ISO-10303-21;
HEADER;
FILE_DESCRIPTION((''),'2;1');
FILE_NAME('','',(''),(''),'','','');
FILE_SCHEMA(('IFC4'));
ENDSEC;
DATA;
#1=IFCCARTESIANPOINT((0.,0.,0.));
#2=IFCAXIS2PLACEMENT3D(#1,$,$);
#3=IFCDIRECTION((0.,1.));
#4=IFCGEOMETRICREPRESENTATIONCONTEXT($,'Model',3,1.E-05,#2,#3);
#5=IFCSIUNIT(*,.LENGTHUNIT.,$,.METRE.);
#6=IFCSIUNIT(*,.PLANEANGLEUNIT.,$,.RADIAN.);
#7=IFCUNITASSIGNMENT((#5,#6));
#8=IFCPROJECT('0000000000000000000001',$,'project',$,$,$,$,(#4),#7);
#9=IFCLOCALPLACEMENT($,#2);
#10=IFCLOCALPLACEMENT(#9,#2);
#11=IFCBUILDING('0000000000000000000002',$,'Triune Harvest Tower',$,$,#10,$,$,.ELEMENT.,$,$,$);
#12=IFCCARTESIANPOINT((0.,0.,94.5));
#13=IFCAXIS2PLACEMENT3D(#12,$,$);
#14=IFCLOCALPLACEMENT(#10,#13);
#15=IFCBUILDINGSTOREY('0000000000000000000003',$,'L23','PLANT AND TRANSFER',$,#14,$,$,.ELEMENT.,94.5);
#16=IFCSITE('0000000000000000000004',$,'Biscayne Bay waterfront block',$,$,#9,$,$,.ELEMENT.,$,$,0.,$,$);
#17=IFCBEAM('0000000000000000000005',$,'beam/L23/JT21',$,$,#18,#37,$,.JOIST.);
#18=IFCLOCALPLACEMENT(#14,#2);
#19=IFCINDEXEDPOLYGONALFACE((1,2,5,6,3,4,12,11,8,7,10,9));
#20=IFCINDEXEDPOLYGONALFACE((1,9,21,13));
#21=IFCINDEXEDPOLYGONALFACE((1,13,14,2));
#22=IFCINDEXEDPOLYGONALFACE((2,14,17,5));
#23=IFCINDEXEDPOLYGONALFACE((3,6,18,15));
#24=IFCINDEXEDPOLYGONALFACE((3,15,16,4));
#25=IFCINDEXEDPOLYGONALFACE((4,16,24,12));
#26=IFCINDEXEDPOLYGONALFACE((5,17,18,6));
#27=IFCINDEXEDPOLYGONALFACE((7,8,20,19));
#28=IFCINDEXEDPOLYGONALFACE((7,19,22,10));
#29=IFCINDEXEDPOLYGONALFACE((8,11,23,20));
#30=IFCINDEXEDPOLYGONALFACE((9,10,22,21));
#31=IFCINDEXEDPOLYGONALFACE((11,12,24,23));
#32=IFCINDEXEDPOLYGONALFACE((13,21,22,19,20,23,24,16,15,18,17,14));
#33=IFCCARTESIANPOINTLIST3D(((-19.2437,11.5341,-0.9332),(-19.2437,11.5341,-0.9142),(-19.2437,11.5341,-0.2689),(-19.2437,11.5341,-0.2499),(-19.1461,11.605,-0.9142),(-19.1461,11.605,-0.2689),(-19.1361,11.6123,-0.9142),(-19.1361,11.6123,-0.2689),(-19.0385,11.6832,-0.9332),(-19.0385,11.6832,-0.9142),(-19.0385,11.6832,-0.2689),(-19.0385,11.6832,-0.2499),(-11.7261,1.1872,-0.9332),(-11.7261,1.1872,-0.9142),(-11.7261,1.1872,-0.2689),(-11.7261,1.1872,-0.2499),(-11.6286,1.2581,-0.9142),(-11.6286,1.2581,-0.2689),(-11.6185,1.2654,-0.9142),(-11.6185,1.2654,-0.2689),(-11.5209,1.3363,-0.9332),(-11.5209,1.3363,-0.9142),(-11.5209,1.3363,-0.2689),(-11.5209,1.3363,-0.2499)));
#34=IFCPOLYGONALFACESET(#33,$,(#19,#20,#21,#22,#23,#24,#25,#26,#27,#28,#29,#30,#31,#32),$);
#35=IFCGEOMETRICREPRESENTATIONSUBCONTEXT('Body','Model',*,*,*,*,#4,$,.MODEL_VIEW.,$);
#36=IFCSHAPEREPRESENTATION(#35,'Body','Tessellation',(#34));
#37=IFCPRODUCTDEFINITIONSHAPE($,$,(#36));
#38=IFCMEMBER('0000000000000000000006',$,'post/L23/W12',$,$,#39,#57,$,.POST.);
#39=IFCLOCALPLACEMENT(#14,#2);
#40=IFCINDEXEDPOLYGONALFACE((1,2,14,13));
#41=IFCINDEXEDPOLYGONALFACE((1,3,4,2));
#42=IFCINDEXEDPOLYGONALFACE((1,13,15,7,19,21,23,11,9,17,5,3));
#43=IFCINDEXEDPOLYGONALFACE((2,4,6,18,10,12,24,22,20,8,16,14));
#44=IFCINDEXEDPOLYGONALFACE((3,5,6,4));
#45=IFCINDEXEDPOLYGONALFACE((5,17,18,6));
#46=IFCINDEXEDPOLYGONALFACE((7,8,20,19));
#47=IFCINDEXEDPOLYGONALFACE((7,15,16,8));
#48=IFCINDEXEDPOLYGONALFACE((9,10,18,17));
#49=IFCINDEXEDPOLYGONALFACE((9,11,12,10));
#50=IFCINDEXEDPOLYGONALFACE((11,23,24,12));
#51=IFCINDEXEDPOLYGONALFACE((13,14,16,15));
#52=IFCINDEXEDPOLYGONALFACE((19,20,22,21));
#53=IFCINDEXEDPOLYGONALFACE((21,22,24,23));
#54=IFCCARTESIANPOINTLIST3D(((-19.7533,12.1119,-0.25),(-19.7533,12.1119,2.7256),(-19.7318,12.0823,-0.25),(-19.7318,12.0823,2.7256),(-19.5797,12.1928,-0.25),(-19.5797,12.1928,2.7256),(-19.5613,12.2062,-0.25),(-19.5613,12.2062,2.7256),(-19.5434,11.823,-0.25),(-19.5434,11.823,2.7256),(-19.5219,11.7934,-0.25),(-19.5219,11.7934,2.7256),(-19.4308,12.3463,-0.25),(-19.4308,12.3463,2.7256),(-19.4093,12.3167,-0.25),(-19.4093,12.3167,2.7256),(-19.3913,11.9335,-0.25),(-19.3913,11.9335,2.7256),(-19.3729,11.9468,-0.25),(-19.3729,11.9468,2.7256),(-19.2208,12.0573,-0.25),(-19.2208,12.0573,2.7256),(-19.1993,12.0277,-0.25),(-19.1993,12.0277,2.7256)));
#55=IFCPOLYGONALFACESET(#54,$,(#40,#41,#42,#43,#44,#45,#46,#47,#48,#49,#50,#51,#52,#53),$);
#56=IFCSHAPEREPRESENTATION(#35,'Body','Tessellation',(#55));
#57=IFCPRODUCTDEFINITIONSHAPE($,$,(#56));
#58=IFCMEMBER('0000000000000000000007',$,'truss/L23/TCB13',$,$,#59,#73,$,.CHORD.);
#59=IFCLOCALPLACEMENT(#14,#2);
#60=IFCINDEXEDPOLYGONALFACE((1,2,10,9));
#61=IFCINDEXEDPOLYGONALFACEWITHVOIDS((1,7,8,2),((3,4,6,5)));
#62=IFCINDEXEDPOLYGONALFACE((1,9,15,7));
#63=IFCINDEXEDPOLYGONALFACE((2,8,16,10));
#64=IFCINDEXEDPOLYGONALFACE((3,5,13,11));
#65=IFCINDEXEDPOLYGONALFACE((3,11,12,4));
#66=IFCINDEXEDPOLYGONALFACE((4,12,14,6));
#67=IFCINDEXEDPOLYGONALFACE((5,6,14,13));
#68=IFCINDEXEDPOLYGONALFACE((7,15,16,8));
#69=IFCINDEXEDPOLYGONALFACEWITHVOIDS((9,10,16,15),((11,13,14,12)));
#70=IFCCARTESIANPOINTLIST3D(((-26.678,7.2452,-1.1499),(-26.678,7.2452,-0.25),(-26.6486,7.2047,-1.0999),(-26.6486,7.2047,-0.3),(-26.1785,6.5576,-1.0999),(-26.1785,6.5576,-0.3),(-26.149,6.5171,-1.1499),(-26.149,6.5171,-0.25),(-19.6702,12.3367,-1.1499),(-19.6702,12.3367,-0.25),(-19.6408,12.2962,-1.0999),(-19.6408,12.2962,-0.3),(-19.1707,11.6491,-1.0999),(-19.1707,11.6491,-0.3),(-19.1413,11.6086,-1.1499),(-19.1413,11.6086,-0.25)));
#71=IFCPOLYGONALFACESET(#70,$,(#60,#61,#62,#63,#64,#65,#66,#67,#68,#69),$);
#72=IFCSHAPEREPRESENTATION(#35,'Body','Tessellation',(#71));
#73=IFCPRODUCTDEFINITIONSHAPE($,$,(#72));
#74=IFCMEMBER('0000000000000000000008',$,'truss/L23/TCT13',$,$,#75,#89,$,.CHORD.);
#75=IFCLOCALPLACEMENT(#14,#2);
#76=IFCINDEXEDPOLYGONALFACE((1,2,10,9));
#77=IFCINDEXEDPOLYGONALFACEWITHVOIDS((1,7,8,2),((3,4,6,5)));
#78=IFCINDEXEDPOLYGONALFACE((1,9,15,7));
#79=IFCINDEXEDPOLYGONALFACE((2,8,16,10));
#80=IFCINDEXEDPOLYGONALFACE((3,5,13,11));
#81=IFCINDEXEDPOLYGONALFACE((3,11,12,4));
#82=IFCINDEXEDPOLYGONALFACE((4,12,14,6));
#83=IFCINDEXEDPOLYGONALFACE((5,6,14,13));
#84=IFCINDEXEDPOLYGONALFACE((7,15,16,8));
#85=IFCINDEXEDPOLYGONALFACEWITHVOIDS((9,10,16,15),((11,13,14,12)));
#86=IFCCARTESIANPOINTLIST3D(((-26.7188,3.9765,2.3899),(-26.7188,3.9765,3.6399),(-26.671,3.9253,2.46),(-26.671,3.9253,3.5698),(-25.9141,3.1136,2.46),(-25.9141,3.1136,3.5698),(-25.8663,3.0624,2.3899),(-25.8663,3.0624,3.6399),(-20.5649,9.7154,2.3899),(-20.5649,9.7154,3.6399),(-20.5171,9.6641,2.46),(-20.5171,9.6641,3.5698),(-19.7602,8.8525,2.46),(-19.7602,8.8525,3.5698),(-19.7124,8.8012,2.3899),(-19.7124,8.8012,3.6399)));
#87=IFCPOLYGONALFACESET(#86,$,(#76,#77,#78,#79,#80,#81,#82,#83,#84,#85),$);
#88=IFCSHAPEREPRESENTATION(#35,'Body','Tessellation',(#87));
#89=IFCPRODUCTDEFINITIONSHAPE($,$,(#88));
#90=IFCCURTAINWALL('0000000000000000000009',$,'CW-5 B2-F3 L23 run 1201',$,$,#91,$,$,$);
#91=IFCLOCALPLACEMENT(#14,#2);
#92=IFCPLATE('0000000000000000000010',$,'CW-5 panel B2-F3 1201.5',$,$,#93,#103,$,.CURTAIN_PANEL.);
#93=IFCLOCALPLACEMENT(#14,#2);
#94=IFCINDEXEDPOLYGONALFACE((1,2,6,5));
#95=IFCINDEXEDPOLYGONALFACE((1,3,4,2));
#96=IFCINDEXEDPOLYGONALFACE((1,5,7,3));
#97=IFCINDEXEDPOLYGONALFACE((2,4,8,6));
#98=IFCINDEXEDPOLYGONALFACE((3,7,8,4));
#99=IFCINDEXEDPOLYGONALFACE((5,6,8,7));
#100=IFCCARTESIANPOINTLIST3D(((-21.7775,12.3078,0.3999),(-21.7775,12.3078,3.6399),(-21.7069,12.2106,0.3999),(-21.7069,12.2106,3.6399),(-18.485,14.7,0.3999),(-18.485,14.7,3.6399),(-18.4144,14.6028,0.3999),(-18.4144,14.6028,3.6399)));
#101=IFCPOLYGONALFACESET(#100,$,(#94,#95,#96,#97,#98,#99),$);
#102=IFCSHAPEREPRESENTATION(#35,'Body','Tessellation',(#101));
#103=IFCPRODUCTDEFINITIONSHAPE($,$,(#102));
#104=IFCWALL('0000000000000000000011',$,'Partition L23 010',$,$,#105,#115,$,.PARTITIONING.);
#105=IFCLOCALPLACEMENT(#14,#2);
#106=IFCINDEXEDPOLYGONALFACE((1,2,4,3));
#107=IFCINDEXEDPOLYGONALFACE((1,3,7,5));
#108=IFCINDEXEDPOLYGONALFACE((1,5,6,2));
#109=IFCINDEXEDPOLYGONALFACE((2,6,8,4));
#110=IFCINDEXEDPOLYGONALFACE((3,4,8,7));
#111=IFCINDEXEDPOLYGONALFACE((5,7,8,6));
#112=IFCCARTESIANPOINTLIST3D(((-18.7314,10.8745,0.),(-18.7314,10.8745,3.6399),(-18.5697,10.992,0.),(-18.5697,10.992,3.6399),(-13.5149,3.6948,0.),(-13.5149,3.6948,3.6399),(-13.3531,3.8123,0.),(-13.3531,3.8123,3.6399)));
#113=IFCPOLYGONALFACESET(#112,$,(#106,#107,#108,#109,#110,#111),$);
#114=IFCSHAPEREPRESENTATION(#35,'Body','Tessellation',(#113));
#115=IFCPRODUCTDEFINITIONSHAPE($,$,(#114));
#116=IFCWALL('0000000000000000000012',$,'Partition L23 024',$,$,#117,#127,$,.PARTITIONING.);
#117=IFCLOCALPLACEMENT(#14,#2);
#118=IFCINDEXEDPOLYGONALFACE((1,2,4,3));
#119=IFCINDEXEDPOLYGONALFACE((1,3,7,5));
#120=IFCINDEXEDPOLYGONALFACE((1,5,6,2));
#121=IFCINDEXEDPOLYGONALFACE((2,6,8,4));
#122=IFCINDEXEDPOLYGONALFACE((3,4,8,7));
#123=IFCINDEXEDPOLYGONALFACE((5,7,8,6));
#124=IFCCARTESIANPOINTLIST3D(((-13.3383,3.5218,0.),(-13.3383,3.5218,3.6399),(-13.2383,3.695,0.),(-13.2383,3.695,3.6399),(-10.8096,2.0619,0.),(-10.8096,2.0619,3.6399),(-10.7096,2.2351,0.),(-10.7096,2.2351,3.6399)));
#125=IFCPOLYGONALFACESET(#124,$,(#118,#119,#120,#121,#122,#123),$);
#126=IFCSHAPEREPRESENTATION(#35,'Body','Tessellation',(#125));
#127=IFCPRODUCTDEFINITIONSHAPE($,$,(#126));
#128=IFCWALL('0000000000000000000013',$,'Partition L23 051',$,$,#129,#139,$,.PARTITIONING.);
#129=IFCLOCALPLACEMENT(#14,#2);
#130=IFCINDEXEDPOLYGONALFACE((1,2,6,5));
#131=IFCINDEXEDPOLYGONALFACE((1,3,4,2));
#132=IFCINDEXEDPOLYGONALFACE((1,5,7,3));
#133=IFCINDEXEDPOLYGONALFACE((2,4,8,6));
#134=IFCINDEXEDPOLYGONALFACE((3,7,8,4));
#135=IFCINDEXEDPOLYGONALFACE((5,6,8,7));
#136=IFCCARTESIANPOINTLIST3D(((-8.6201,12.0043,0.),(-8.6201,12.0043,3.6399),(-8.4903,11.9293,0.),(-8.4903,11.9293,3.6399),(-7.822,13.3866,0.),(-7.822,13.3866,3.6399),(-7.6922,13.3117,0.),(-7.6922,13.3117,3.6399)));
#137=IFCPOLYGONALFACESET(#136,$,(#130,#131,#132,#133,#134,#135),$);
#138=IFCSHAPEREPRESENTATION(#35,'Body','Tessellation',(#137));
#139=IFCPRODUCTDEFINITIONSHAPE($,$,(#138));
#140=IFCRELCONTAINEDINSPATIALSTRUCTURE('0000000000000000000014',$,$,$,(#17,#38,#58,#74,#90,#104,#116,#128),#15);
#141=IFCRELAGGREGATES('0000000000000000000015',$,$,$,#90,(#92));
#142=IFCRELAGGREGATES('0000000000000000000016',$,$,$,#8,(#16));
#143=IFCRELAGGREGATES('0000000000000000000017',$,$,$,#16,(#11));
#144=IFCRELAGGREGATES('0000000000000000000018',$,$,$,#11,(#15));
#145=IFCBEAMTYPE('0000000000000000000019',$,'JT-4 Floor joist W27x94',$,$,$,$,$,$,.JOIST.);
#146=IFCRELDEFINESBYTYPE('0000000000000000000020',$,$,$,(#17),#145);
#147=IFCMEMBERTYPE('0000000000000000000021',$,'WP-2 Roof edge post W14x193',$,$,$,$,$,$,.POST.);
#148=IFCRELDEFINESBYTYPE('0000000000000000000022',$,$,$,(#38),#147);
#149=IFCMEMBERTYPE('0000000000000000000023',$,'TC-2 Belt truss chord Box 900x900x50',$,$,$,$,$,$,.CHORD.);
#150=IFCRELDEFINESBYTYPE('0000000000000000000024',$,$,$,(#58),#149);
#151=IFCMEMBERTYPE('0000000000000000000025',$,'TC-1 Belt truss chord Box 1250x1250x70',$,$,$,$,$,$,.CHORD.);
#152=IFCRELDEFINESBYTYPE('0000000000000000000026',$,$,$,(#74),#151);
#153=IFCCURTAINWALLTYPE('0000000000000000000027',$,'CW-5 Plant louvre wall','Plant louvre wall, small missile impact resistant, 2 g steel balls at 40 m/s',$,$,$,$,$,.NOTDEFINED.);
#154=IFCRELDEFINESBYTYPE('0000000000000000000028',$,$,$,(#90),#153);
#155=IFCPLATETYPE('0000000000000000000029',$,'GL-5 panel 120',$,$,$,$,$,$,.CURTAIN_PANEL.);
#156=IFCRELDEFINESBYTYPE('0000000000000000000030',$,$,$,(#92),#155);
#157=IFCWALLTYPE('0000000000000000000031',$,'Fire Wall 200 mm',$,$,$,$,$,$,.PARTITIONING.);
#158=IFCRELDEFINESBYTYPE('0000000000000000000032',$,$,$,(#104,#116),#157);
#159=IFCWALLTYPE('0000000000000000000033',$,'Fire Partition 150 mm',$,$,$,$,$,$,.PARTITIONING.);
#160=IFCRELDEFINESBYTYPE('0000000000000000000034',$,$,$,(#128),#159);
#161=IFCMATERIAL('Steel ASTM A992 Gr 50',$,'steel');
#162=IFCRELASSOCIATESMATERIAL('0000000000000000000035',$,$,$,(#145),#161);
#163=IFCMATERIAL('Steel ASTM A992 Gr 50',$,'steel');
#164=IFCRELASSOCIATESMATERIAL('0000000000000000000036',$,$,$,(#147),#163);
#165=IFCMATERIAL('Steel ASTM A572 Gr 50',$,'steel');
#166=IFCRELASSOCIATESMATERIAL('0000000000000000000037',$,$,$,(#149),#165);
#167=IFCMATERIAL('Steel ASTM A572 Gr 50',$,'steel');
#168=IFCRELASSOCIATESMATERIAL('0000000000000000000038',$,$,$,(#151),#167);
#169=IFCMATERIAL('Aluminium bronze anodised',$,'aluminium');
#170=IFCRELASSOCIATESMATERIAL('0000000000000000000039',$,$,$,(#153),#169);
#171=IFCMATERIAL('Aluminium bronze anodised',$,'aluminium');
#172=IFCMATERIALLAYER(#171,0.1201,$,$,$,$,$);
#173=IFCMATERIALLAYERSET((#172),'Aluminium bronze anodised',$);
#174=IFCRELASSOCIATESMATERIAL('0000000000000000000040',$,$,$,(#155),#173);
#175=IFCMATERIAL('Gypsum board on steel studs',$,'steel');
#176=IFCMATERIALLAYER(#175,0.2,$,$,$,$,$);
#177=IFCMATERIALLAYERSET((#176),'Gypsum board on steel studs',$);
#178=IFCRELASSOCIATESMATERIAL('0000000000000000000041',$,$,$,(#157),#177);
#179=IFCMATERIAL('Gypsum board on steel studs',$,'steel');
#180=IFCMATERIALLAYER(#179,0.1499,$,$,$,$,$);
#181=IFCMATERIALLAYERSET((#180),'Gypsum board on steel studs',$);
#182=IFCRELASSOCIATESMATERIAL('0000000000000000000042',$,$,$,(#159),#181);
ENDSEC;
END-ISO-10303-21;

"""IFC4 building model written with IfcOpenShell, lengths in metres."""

from ifc_helpers import new_model, si_unit, direction, frame, frame_2d, origin, origin_2d, place, context, subcontext, project, spatial, rectangle, hollow_rectangle, i_section, extrude, source, transform, mapped, material, layer, layer_set, material_profile, profile_set, type_object, element, aggregate, save


model = new_model("IFC4")

# Units and contexts
model_context = context("Model", 3, precision=1e-05, world=origin(), true_north=direction((0.0, 1.0)))
body_context = subcontext(model_context, "Body", "Model", "MODEL_VIEW")
ifc_project = project(units=[si_unit("LENGTHUNIT", "METRE"), si_unit("PLANEANGLEUNIT", "RADIAN")], contexts=[model_context])

# Site, building, storey
site_placement = place(None, origin())
site = spatial("IfcSite", under=ifc_project, at=site_placement, Name="Biscayne Bay waterfront block", CompositionType="ELEMENT", RefElevation=0.0)
building_placement = place(site_placement, origin())
building = spatial("IfcBuilding", under=site, at=building_placement, Name="Triune Harvest Tower", CompositionType="ELEMENT")
storey_placement = place(building_placement, frame((0.0, 0.0, 94.5)))
storey = spatial("IfcBuildingStorey", under=building, at=storey_placement, Name="L23", Description="PLANT AND TRANSFER", CompositionType="ELEMENT", Elevation=94.5)

# Beam
ifc_material_1 = material(Name="Steel ASTM A992 Gr 50", Category="steel")
ifc_material_profile_1 = material_profile(ifc_material_1, i_section(OverallWidth=0.2537, OverallDepth=0.6833, WebThickness=0.0125, FlangeThickness=0.019, at=origin_2d()), Name="W27x94")
ifc_profile_set_1 = profile_set([ifc_material_profile_1], Name="Steel ASTM A992 Gr 50")
beam_type = type_object("IfcBeamType", Name="JT-4 Floor joist W27x94", PredefinedType="JOIST", material=ifc_profile_set_1)
beam_placement = place(storey_placement, frame((-19.1411, 11.6086, -0.5916), z_axis=(0.58779, -0.809013, 0.0), x_axis=(0.809013, 0.58779, 0.0)))
element("IfcBeam", 1, at=beam_placement, inside=storey, type_object=beam_type, Name="beam/L23/JT21", PredefinedType="JOIST", context=body_context, shape_type="SweptSolid", body=[
    extrude(i_section(OverallWidth=0.2537, OverallDepth=0.6833, WebThickness=0.0125, FlangeThickness=0.019, at=origin_2d()), origin(), (0.0, 0.0, 1.0), 12.7896),
])

# Members
ifc_material_2 = material(Name="Steel ASTM A992 Gr 50", Category="steel")
ifc_material_profile_2 = material_profile(ifc_material_2, i_section(OverallWidth=0.3987, OverallDepth=0.3938, WebThickness=0.0227, FlangeThickness=0.0366, at=origin_2d()), Name="W14x193")
ifc_profile_set_2 = profile_set([ifc_material_profile_2], Name="Steel ASTM A992 Gr 50")
member_type_1 = type_object("IfcMemberType", Name="WP-2 Roof edge post W14x193", PredefinedType="POST", material=ifc_profile_set_2)
shared_shape_1 = source(origin(), body_context, "Body", "SweptSolid", [
    extrude(i_section(OverallWidth=0.3987, OverallDepth=0.3938, WebThickness=0.0227, FlangeThickness=0.0366, at=origin_2d()), origin(), (0.0, 0.0, 1.0), 2.9756),
])
member_1_placement = place(storey_placement, frame((-19.4763, 12.0698, -0.25), z_axis=(0.0, 0.0, 1.0), x_axis=(-0.809017, -0.587785, 0.0)))
element("IfcMember", 2, at=member_1_placement, inside=storey, type_object=member_type_1, Name="post/L23/W12", PredefinedType="POST", context=body_context, shape_type="MappedRepresentation", body=[
    mapped(shared_shape_1, transform((0.0, 0.0, 0.0), scale=1.0)),
])
ifc_material_3 = material(Name="Steel ASTM A572 Gr 50", Category="steel")
ifc_material_profile_3 = material_profile(ifc_material_3, hollow_rectangle(XDim=0.8999, YDim=0.8999, WallThickness=0.05, at=origin_2d()), Name="Box 900x900x50")
ifc_profile_set_3 = profile_set([ifc_material_profile_3], Name="Steel ASTM A572 Gr 50")
member_type_2 = type_object("IfcMemberType", Name="TC-2 Belt truss chord Box 900x900x50", PredefinedType="CHORD", material=ifc_profile_set_3)
shared_shape_2 = source(origin(), body_context, "Body", "SweptSolid", [
    extrude(hollow_rectangle(XDim=0.8999, YDim=0.8999, WallThickness=0.05, at=origin_2d()), origin(), (0.0, 0.0, 1.0), 8.6621),
])
member_2_placement = place(storey_placement, frame((-19.4058, 11.9727, -0.7), z_axis=(-0.809013, -0.587791, 0.0), x_axis=(0.587791, -0.809013, 0.0)))
element("IfcMember", 3, at=member_2_placement, inside=storey, type_object=member_type_2, Name="truss/L23/TCB13", PredefinedType="CHORD", context=body_context, shape_type="MappedRepresentation", body=[
    mapped(shared_shape_2, transform((0.0, 0.0, 0.0), scale=1.0)),
])
ifc_material_4 = material(Name="Steel ASTM A572 Gr 50", Category="steel")
ifc_material_profile_4 = material_profile(ifc_material_4, hollow_rectangle(XDim=1.25, YDim=1.25, WallThickness=0.0701, at=origin_2d()), Name="Box 1250x1250x70")
ifc_profile_set_4 = profile_set([ifc_material_profile_4], Name="Steel ASTM A572 Gr 50")
member_type_3 = type_object("IfcMemberType", Name="TC-1 Belt truss chord Box 1250x1250x70", PredefinedType="CHORD", material=ifc_profile_set_4)
shared_shape_3 = source(origin(), body_context, "Body", "SweptSolid", [
    extrude(hollow_rectangle(XDim=1.25, YDim=1.25, WallThickness=0.0701, at=origin_2d()), origin(), (0.0, 0.0, 1.0), 8.4146),
])
member_3_placement = place(storey_placement, frame((-20.1387, 9.2583, 3.0149), z_axis=(-0.731339, -0.682014, 0.0), x_axis=(0.682014, -0.731339, 0.0)))
element("IfcMember", 4, at=member_3_placement, inside=storey, type_object=member_type_3, Name="truss/L23/TCT13", PredefinedType="CHORD", context=body_context, shape_type="MappedRepresentation", body=[
    mapped(shared_shape_3, transform((0.0, 0.0, 0.0), scale=1.0)),
])

# Curtain wall, plate
ifc_material_5 = material(Name="Aluminium bronze anodised", Category="aluminium")
curtain_wall_type = type_object("IfcCurtainWallType", Name="CW-5 Plant louvre wall", Description="Plant louvre wall, small missile impact resistant, 2 g steel balls at 40 m/s", PredefinedType="NOTDEFINED", material=ifc_material_5)
curtain_wall_placement = place(storey_placement, origin())
curtain_wall = element("IfcCurtainWall", 5, at=curtain_wall_placement, inside=storey, type_object=curtain_wall_type, Name="CW-5 B2-F3 L23 run 1201")
ifc_material_6 = material(Name="Aluminium bronze anodised", Category="aluminium")
ifc_layer_1 = layer(ifc_material_6, 0.1201)
ifc_layer_set_1 = layer_set([ifc_layer_1], Name="Aluminium bronze anodised")
plate_type = type_object("IfcPlateType", Name="GL-5 panel 120", PredefinedType="CURTAIN_PANEL", material=ifc_layer_set_1)
shared_shape_4 = source(origin(), body_context, "Body", "SweptSolid", [
    extrude(rectangle(XDim=4.0698, YDim=0.1201, at=origin_2d()), origin(), (0.0, 0.0, 1.0), 3.24),
])
plate_placement = place(storey_placement, frame((-20.0959, 13.4553, 0.3999), z_axis=(0.0, 0.0, 1.0), x_axis=(-0.809016, -0.587786, 0.0)))
plate = element("IfcPlate", 6, at=plate_placement, type_object=plate_type, Name="CW-5 panel B2-F3 1201.5", PredefinedType="CURTAIN_PANEL", context=body_context, shape_type="MappedRepresentation", body=[
    mapped(shared_shape_4, transform((0.0, 0.0, 0.0), scale=1.0)),
])
aggregate(curtain_wall, [plate])

# Walls
ifc_material_7 = material(Name="Gypsum board on steel studs", Category="steel")
ifc_layer_2 = layer(ifc_material_7, 0.2)
ifc_layer_set_2 = layer_set([ifc_layer_2], Name="Gypsum board on steel studs")
wall_type_1 = type_object("IfcWallType", Name="Fire Wall 200 mm", PredefinedType="PARTITIONING", material=ifc_layer_set_2)
wall_1_placement = place(storey_placement, frame((-18.6506, 10.9333, 0.0), z_axis=(0.0, 0.0, 1.0), x_axis=(0.5878, -0.809006, 0.0)))
element("IfcWall", 7, at=wall_1_placement, inside=storey, type_object=wall_type_1, Name="Partition L23 010", PredefinedType="PARTITIONING", context=body_context, shape_type="SweptSolid", body=[
    extrude(rectangle(XDim=8.8748, YDim=0.2, at=frame_2d((4.4375, 0.0))), origin(), (0.0, 0.0, 1.0), 3.6399),
])
wall_2_placement = place(storey_placement, frame((-13.2883, 3.6084, 0.0), z_axis=(0.0, 0.0, 1.0), x_axis=(0.866032, -0.499988, 0.0)))
element("IfcWall", 8, at=wall_2_placement, inside=storey, type_object=wall_type_1, Name="Partition L23 024", PredefinedType="PARTITIONING", context=body_context, shape_type="SweptSolid", body=[
    extrude(rectangle(XDim=2.9199, YDim=0.2, at=frame_2d((1.46, 0.0))), origin(), (0.0, 0.0, 1.0), 3.6399),
])
ifc_material_8 = material(Name="Gypsum board on steel studs", Category="steel")
ifc_layer_3 = layer(ifc_material_8, 0.1499)
ifc_layer_set_3 = layer_set([ifc_layer_3], Name="Gypsum board on steel studs")
wall_type_2 = type_object("IfcWallType", Name="Fire Partition 150 mm", PredefinedType="PARTITIONING", material=ifc_layer_set_3)
shared_shape_5 = source(origin(), body_context, "Body", "SweptSolid", [
    extrude(rectangle(XDim=1.5962, YDim=0.1499, at=frame_2d((0.7981, 0.0))), origin(), (0.0, 0.0, 1.0), 3.6399),
])
wall_3_placement = place(storey_placement, frame((-8.5552, 11.9668, 0.0), z_axis=(0.0, 0.0, 1.0), x_axis=(0.500005, 0.866023, 0.0)))
element("IfcWall", 9, at=wall_3_placement, inside=storey, type_object=wall_type_2, Name="Partition L23 051", PredefinedType="PARTITIONING", context=body_context, shape_type="MappedRepresentation", body=[
    mapped(shared_shape_5, transform((0.0, 0.0, 0.0), scale=1.0)),
])

save(model, "model.ifc")
